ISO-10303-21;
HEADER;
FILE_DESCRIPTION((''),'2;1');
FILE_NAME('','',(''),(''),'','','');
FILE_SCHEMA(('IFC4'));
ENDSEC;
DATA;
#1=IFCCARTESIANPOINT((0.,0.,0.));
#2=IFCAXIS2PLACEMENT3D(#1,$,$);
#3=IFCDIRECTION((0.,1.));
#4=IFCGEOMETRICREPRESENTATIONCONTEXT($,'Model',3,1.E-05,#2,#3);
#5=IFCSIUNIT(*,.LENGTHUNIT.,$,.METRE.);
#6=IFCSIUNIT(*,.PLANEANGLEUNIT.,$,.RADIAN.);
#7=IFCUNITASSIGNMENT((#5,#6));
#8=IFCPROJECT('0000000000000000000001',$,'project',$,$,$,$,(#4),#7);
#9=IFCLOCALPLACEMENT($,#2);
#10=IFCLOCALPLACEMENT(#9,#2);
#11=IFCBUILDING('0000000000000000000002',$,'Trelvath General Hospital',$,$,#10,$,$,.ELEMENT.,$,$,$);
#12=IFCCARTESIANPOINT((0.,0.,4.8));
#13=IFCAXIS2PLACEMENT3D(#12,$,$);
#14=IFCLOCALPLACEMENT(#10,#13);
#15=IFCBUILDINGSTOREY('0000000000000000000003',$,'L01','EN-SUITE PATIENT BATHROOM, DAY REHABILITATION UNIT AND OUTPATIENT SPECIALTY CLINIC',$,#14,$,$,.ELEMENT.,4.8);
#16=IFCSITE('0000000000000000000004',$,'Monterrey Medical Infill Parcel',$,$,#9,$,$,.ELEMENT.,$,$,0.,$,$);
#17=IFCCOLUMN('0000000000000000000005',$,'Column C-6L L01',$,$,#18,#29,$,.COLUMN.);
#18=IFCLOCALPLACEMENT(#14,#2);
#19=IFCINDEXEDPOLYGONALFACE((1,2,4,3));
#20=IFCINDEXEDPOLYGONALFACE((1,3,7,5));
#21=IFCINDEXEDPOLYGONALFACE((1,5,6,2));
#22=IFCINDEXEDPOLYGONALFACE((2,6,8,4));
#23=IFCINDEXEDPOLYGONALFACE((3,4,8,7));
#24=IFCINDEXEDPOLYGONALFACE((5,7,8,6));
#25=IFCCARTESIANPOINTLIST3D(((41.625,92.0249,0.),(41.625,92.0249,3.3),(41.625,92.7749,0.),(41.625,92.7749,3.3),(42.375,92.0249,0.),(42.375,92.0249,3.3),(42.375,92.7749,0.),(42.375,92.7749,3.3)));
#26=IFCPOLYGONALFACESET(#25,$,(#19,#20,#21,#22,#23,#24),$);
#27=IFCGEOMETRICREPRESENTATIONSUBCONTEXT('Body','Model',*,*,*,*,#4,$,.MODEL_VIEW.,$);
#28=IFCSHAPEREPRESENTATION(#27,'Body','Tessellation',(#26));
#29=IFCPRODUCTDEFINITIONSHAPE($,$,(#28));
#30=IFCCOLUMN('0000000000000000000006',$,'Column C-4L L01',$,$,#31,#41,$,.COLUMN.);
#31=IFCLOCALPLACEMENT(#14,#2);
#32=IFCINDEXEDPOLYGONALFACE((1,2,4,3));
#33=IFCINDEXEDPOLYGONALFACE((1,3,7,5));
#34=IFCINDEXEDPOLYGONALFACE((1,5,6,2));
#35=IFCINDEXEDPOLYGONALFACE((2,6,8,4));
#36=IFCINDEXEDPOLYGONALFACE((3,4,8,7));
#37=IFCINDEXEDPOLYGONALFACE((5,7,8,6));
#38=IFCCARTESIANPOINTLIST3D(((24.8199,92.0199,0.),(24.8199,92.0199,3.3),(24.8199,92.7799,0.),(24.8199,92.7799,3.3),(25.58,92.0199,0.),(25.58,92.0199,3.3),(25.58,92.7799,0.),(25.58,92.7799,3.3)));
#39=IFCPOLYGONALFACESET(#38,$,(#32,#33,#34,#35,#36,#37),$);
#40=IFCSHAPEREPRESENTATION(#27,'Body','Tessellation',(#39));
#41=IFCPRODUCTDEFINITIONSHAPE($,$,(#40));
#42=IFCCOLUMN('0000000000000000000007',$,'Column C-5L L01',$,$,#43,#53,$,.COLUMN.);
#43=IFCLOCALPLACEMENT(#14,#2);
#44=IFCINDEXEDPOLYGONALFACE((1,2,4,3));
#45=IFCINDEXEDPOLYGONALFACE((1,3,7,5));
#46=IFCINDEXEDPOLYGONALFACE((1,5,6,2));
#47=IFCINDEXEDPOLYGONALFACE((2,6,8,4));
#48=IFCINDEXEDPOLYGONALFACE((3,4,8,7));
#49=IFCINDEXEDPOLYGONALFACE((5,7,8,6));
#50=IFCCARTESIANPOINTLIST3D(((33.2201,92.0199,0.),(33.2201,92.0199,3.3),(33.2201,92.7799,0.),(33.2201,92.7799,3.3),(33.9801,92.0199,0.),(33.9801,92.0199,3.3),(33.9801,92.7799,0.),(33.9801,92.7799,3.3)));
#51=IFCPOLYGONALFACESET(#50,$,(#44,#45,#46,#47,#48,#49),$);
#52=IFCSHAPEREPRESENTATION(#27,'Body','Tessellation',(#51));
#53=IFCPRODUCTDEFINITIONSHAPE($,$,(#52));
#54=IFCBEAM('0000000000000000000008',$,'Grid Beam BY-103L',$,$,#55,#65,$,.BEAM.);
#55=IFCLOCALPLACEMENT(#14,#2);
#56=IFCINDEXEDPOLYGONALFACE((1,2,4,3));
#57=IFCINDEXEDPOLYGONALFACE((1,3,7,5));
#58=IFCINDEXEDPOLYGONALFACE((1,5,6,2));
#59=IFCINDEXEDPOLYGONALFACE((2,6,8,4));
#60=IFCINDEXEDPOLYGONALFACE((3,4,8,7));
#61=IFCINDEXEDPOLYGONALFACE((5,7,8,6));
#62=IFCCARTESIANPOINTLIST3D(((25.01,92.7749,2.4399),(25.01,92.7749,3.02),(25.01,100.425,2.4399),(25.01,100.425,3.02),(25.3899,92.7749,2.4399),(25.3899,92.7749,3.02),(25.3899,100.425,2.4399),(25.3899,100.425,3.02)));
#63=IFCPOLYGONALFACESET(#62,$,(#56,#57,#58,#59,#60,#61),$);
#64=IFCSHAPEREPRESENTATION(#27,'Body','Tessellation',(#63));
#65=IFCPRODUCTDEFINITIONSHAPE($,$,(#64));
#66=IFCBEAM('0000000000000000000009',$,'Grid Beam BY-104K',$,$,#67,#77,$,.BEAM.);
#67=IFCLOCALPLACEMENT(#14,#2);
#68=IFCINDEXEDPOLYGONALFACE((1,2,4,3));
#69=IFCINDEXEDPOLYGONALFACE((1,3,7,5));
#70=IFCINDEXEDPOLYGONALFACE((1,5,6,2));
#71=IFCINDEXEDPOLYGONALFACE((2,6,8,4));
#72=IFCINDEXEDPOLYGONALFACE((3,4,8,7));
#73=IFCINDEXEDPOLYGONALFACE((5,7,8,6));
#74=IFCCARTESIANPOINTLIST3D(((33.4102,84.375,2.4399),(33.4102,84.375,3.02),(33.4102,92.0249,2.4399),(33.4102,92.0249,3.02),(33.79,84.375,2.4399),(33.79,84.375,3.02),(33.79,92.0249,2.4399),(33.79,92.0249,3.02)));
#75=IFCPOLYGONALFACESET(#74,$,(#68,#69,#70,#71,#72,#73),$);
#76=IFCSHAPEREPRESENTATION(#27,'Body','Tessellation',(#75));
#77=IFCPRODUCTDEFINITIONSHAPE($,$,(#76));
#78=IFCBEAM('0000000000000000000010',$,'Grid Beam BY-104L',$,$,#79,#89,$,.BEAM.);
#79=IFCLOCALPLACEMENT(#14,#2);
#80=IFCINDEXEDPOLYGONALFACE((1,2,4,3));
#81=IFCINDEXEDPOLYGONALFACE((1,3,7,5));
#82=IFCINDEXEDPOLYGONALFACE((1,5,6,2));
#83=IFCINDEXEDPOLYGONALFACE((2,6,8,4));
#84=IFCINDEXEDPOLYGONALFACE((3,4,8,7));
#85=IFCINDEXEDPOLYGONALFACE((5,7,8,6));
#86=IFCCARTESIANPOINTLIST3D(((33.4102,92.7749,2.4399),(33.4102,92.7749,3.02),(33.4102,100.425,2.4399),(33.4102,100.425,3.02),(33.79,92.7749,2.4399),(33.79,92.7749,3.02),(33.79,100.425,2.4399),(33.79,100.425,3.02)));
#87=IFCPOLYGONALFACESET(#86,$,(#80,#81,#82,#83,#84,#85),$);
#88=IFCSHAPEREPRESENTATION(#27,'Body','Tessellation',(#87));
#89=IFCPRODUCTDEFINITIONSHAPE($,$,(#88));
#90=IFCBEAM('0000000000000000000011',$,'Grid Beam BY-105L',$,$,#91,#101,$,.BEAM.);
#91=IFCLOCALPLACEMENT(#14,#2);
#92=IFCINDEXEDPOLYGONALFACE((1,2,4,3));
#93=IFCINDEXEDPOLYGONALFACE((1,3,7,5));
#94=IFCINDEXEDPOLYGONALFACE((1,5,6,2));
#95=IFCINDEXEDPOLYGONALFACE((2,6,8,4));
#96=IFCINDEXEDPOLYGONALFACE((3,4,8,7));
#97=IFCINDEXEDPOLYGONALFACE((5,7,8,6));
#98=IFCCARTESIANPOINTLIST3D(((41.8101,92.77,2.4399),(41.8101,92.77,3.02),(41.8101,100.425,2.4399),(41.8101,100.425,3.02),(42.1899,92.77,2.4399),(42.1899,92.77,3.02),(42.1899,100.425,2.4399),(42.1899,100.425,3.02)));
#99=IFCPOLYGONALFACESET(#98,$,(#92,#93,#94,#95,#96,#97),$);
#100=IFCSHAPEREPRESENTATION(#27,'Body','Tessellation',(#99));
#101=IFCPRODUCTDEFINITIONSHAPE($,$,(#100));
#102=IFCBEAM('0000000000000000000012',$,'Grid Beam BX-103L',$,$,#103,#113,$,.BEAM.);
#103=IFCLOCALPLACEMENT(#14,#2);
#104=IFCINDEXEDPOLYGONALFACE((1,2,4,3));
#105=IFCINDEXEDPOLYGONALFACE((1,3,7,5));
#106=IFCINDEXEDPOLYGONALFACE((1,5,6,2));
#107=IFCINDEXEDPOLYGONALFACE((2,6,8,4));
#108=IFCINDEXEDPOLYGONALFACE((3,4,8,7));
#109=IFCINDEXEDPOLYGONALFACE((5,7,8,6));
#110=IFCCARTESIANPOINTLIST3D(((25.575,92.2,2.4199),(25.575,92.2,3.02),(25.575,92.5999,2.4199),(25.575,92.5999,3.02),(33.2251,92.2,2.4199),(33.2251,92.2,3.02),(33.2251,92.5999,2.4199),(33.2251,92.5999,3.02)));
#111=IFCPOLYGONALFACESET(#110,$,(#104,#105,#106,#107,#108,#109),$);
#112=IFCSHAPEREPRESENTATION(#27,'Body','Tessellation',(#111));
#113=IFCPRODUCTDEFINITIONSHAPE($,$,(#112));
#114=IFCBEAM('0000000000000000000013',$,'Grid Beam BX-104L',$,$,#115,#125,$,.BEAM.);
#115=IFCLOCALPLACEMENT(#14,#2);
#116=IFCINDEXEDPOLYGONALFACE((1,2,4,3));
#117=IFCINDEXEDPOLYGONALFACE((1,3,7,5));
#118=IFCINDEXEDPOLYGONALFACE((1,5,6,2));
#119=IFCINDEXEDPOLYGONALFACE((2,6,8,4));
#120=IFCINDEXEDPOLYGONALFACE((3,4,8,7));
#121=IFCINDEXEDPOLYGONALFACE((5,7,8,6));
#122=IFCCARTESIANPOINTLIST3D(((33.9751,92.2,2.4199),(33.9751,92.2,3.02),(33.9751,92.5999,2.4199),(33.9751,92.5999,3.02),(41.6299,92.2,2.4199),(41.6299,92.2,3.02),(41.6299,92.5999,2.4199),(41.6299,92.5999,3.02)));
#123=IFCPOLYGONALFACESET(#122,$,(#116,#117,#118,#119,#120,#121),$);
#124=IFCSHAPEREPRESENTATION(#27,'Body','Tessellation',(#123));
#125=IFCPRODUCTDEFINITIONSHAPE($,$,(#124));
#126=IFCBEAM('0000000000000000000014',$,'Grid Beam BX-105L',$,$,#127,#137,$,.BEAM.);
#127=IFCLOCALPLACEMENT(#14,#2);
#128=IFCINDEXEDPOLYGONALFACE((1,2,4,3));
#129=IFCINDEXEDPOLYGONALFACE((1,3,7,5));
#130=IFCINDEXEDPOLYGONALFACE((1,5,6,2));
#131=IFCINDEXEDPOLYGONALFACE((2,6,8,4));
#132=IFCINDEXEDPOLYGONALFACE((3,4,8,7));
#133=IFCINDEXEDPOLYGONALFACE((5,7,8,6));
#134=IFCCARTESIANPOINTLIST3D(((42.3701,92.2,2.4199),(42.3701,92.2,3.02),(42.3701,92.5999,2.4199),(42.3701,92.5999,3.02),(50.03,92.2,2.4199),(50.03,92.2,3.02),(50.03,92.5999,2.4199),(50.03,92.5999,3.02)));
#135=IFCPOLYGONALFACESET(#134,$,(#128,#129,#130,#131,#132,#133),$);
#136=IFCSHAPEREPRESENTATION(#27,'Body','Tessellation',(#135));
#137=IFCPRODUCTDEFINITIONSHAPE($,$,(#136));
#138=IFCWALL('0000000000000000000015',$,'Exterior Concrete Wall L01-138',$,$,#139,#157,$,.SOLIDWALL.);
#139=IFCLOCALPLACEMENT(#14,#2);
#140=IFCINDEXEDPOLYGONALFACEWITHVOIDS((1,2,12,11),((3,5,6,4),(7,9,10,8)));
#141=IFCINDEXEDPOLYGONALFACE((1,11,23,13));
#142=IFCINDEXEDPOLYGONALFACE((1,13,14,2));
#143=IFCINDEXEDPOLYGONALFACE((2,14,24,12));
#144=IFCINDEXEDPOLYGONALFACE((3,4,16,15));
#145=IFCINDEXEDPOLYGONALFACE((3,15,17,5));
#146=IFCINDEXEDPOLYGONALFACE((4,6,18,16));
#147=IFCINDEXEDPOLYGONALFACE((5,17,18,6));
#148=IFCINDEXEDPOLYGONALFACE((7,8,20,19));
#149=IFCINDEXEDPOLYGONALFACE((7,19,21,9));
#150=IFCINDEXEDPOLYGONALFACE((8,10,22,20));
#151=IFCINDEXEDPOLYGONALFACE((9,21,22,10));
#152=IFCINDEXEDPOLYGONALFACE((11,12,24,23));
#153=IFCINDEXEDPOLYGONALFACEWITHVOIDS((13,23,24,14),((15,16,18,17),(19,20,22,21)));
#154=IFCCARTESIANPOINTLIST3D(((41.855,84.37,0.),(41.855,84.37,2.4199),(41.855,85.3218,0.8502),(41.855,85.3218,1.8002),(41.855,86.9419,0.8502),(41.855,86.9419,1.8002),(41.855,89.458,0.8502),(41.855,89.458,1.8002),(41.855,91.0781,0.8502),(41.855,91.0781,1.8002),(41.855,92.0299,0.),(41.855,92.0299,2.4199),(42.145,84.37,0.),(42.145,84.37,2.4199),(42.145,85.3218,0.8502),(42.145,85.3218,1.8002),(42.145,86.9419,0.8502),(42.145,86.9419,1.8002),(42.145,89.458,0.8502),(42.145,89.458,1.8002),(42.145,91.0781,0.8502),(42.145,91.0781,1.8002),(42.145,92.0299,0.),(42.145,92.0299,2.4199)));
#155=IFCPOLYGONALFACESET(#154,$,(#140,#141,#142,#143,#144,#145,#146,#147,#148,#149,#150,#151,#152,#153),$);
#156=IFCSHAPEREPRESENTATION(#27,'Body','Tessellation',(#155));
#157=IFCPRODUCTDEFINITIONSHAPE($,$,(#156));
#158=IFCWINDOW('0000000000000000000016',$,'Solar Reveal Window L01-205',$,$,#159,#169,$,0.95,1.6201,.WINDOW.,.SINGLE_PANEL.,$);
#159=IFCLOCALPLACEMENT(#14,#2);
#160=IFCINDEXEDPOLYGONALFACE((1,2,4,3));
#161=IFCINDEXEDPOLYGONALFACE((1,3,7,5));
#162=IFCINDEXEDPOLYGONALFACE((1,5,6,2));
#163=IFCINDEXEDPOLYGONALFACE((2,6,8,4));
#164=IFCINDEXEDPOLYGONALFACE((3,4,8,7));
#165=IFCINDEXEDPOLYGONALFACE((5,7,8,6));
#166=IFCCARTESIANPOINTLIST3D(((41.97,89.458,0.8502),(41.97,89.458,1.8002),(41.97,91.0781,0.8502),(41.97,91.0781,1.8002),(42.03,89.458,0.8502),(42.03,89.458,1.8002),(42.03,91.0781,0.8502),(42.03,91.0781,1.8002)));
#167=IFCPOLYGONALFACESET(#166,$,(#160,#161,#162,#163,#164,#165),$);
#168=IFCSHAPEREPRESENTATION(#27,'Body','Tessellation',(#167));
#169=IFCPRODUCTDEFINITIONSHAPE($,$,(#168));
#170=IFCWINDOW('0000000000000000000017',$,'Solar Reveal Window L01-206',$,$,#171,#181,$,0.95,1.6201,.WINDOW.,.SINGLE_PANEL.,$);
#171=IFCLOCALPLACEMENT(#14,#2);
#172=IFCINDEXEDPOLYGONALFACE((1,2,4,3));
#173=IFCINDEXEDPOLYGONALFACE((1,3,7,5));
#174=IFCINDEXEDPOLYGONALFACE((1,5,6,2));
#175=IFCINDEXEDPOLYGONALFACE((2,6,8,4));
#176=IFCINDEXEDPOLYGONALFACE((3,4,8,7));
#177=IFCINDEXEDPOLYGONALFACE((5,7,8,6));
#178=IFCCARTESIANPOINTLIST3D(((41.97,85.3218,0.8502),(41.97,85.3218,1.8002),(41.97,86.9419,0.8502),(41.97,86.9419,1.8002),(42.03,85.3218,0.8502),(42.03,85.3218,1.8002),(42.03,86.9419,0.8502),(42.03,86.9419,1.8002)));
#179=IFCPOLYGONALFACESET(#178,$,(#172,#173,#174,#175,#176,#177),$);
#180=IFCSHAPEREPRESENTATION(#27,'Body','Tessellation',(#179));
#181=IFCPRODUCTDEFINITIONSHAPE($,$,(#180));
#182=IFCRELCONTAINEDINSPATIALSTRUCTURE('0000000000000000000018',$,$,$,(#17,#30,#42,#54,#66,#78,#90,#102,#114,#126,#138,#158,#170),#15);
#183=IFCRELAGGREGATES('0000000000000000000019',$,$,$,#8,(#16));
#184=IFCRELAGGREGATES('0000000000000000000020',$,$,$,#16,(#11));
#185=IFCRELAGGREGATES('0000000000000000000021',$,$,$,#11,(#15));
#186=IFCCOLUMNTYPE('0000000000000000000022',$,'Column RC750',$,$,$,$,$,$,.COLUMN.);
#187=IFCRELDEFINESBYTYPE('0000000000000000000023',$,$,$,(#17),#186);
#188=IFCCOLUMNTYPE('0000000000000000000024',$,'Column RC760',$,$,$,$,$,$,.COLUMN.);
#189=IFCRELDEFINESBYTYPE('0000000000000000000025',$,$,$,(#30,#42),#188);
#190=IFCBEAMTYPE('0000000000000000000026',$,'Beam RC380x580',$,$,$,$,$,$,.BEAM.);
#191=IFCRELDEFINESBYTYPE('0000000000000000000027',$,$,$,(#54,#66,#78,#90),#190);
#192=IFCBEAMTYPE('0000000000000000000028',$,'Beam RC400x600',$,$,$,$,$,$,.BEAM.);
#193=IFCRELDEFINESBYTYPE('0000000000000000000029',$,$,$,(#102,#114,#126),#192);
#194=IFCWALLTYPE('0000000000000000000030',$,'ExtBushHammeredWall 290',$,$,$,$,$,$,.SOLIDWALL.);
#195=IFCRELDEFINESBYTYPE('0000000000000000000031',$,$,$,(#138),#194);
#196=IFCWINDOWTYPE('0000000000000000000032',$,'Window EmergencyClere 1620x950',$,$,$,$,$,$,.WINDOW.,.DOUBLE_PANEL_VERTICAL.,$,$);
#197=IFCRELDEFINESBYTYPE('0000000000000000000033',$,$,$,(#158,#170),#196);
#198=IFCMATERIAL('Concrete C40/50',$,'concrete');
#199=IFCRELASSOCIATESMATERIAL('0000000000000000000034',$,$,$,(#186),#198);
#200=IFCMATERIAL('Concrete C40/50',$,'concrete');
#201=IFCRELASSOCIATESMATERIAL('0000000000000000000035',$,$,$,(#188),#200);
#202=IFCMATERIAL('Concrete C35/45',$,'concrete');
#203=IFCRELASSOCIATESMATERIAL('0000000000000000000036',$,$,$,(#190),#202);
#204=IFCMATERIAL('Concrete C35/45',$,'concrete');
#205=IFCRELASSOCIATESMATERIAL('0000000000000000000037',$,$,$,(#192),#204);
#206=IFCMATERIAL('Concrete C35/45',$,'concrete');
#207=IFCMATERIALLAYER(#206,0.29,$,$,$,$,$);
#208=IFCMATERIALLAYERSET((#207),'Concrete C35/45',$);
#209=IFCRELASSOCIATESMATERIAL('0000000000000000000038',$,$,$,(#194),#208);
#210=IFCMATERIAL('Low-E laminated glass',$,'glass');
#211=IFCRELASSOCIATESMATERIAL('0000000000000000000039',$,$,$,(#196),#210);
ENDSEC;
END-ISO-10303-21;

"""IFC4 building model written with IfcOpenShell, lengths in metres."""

from ifc_helpers import new_model, si_unit, direction, frame, frame_2d, origin, origin_2d, place, context, subcontext, project, spatial, rectangle, extrude, material, layer, layer_set, material_profile, profile_set, type_object, element, fill, save


model = new_model("IFC4")

# Units and contexts
model_context = context("Model", 3, precision=1e-05, world=origin(), true_north=direction((0.0, 1.0)))
body_context = subcontext(model_context, "Body", "Model", "MODEL_VIEW")
ifc_project = project(units=[si_unit("LENGTHUNIT", "METRE"), si_unit("PLANEANGLEUNIT", "RADIAN")], contexts=[model_context])

# Site, building, storey
site_placement = place(None, origin())
site = spatial("IfcSite", under=ifc_project, at=site_placement, Name="Monterrey Medical Infill Parcel", CompositionType="ELEMENT", RefElevation=0.0)
building_placement = place(site_placement, origin())
building = spatial("IfcBuilding", under=site, at=building_placement, Name="Trelvath General Hospital", CompositionType="ELEMENT")
storey_placement = place(building_placement, frame((0.0, 0.0, 4.8)))
storey = spatial("IfcBuildingStorey", under=building, at=storey_placement, Name="L01", Description="EN-SUITE PATIENT BATHROOM, DAY REHABILITATION UNIT AND OUTPATIENT SPECIALTY CLINIC", CompositionType="ELEMENT", Elevation=4.8)

# Columns
ifc_material_1 = material(Name="Concrete C40/50", Category="concrete")
ifc_material_profile_1 = material_profile(ifc_material_1, rectangle(XDim=0.75, YDim=0.75, at=origin_2d()), Name="RC750x750")
ifc_profile_set_1 = profile_set([ifc_material_profile_1], Name="Concrete C40/50")
column_type_1 = type_object("IfcColumnType", Name="Column RC750", PredefinedType="COLUMN", material=ifc_profile_set_1)
column_placement = place(storey_placement, frame((42.0, 92.3999, 0.0), z_axis=(0.0, 0.0, 1.0), x_axis=(1.0, 0.0, 0.0)))
element("IfcColumn", 1, at=column_placement, inside=storey, type_object=column_type_1, Name="Column C-6L L01", PredefinedType="COLUMN", context=body_context, shape_type="SweptSolid", body=[
    extrude(rectangle(XDim=0.75, YDim=0.75, at=origin_2d()), origin(), (0.0, 0.0, 1.0), 3.3),
])
ifc_material_2 = material(Name="Concrete C40/50", Category="concrete")
ifc_material_profile_2 = material_profile(ifc_material_2, rectangle(XDim=0.76, YDim=0.76, at=origin_2d()), Name="RC760x760")
ifc_profile_set_2 = profile_set([ifc_material_profile_2], Name="Concrete C40/50")
column_type_2 = type_object("IfcColumnType", Name="Column RC760", PredefinedType="COLUMN", material=ifc_profile_set_2)
for number, where, z_axis, x_axis, name in (
    (2, (25.2, 92.3999, 0.0), (0.0, 0.0, 1.0), (1.0, 0.0, 0.0), "Column C-4L L01"),
    (3, (33.6001, 92.3999, 0.0), (0.0, 0.0, 1.0), (1.0, 0.0, 0.0), "Column C-5L L01"),
):
    element("IfcColumn", number, at=place(storey_placement, frame(where, z_axis=z_axis, x_axis=x_axis)), inside=storey, type_object=column_type_2, Name=name, PredefinedType="COLUMN", context=body_context, shape_type="SweptSolid", body=[
        extrude(rectangle(XDim=0.76, YDim=0.76, at=origin_2d()), origin(), (0.0, 0.0, 1.0), 3.3),
    ])

# Beams
ifc_material_3 = material(Name="Concrete C35/45", Category="concrete")
ifc_material_profile_3 = material_profile(ifc_material_3, rectangle(XDim=0.3799, YDim=0.5801, at=origin_2d()), Name="RCB380x580")
ifc_profile_set_3 = profile_set([ifc_material_profile_3], Name="Concrete C35/45")
beam_type_1 = type_object("IfcBeamType", Name="Beam RC380x580", PredefinedType="BEAM", material=ifc_profile_set_3)
beam_1_placement = place(storey_placement, frame((25.2, 92.7749, 2.73), z_axis=(0.0, 1.0, 0.0), x_axis=(-1.0, 0.0, 0.0)))
element("IfcBeam", 4, at=beam_1_placement, inside=storey, type_object=beam_type_1, Name="Grid Beam BY-103L", PredefinedType="BEAM", context=body_context, shape_type="SweptSolid", body=[
    extrude(rectangle(XDim=0.3799, YDim=0.5801, at=origin_2d()), origin(), (0.0, 0.0, 1.0), 7.6501),
])
beam_2_placement = place(storey_placement, frame((33.6001, 84.375, 2.73), z_axis=(0.0, 1.0, 0.0), x_axis=(-1.0, 0.0, 0.0)))
element("IfcBeam", 5, at=beam_2_placement, inside=storey, type_object=beam_type_1, Name="Grid Beam BY-104K", PredefinedType="BEAM", context=body_context, shape_type="SweptSolid", body=[
    extrude(rectangle(XDim=0.3799, YDim=0.5801, at=origin_2d()), origin(), (0.0, 0.0, 1.0), 7.6499),
])
beam_3_placement = place(storey_placement, frame((33.6001, 92.7749, 2.73), z_axis=(0.0, 1.0, 0.0), x_axis=(-1.0, 0.0, 0.0)))
element("IfcBeam", 6, at=beam_3_placement, inside=storey, type_object=beam_type_1, Name="Grid Beam BY-104L", PredefinedType="BEAM", context=body_context, shape_type="SweptSolid", body=[
    extrude(rectangle(XDim=0.3799, YDim=0.5801, at=origin_2d()), origin(), (0.0, 0.0, 1.0), 7.6501),
])
beam_4_placement = place(storey_placement, frame((42.0, 92.77, 2.73), z_axis=(0.0, 1.0, 0.0), x_axis=(-1.0, 0.0, 0.0)))
element("IfcBeam", 7, at=beam_4_placement, inside=storey, type_object=beam_type_1, Name="Grid Beam BY-105L", PredefinedType="BEAM", context=body_context, shape_type="SweptSolid", body=[
    extrude(rectangle(XDim=0.3799, YDim=0.5801, at=origin_2d()), origin(), (0.0, 0.0, 1.0), 7.655),
])
ifc_material_4 = material(Name="Concrete C35/45", Category="concrete")
ifc_material_profile_4 = material_profile(ifc_material_4, rectangle(XDim=0.3999, YDim=0.6001, at=origin_2d()), Name="RCB400x600")
ifc_profile_set_4 = profile_set([ifc_material_profile_4], Name="Concrete C35/45")
beam_type_2 = type_object("IfcBeamType", Name="Beam RC400x600", PredefinedType="BEAM", material=ifc_profile_set_4)
beam_5_placement = place(storey_placement, frame((25.575, 92.3999, 2.72), z_axis=(1.0, 0.0, 0.0), x_axis=(0.0, 1.0, 0.0)))
element("IfcBeam", 8, at=beam_5_placement, inside=storey, type_object=beam_type_2, Name="Grid Beam BX-103L", PredefinedType="BEAM", context=body_context, shape_type="SweptSolid", body=[
    extrude(rectangle(XDim=0.3999, YDim=0.6001, at=origin_2d()), origin(), (0.0, 0.0, 1.0), 7.6501),
])
beam_6_placement = place(storey_placement, frame((33.9751, 92.3999, 2.72), z_axis=(1.0, 0.0, 0.0), x_axis=(0.0, 1.0, 0.0)))
element("IfcBeam", 9, at=beam_6_placement, inside=storey, type_object=beam_type_2, Name="Grid Beam BX-104L", PredefinedType="BEAM", context=body_context, shape_type="SweptSolid", body=[
    extrude(rectangle(XDim=0.3999, YDim=0.6001, at=origin_2d()), origin(), (0.0, 0.0, 1.0), 7.6548),
])
beam_7_placement = place(storey_placement, frame((42.3701, 92.3999, 2.72), z_axis=(1.0, 0.0, 0.0), x_axis=(0.0, 1.0, 0.0)))
element("IfcBeam", 10, at=beam_7_placement, inside=storey, type_object=beam_type_2, Name="Grid Beam BX-105L", PredefinedType="BEAM", context=body_context, shape_type="SweptSolid", body=[
    extrude(rectangle(XDim=0.3999, YDim=0.6001, at=origin_2d()), origin(), (0.0, 0.0, 1.0), 7.6599),
])

# Wall, openings, windows
ifc_material_5 = material(Name="Concrete C35/45", Category="concrete")
ifc_layer_1 = layer(ifc_material_5, 0.29)
ifc_layer_set_1 = layer_set([ifc_layer_1], Name="Concrete C35/45")
wall_type_1 = type_object("IfcWallType", Name="ExtBushHammeredWall 290", PredefinedType="SOLIDWALL", material=ifc_layer_set_1)
wall_1_placement = place(storey_placement, frame((42.0, 92.03, 0.0), z_axis=(0.0, 0.0, 1.0), x_axis=(0.0, -1.0, 0.0)))
wall_1 = element("IfcWall", 11, at=wall_1_placement, inside=storey, type_object=wall_type_1, Name="Exterior Concrete Wall L01-138", PredefinedType="SOLIDWALL", context=body_context, shape_type="SweptSolid", body=[
    extrude(rectangle(XDim=7.6599, YDim=0.29, at=frame_2d((3.8301, 0.0))), origin(), (0.0, 0.0, 1.0), 2.4199),
])
opening_1_placement = place(wall_1_placement, frame((0.9519, 0.0, 0.8501)))
opening_1 = element("IfcOpeningElement", 12, at=opening_1_placement, cuts=wall_1, PredefinedType="OPENING", context=body_context, shape_type="SweptSolid", body=[
    extrude(rectangle(XDim=1.6201, YDim=0.95, at=frame_2d((0.8101, 0.4751))), frame((0.0, 0.155, 0.0), z_axis=(0.0, -1.0, 0.0), x_axis=(1.0, 0.0, 0.0)), (0.0, 0.0, 1.0), 0.3101),
])
opening_2_placement = place(wall_1_placement, frame((5.0881, 0.0, 0.8501)))
opening_2 = element("IfcOpeningElement", 13, at=opening_2_placement, cuts=wall_1, PredefinedType="OPENING", context=body_context, shape_type="SweptSolid", body=[
    extrude(rectangle(XDim=1.6201, YDim=0.95, at=frame_2d((0.8101, 0.4751))), frame((0.0, 0.155, 0.0), z_axis=(0.0, -1.0, 0.0), x_axis=(1.0, 0.0, 0.0)), (0.0, 0.0, 1.0), 0.3101),
])
ifc_material_6 = material(Name="Low-E laminated glass", Category="glass")
window_type = type_object("IfcWindowType", Name="Window EmergencyClere 1620x950", PartitioningType="DOUBLE_PANEL_VERTICAL", PredefinedType="WINDOW", material=ifc_material_6)
window_1_placement = place(opening_1_placement, origin())
window_1 = element("IfcWindow", 14, at=window_1_placement, inside=storey, type_object=window_type, Name="Solar Reveal Window L01-205", OverallHeight=0.95, OverallWidth=1.6201, PartitioningType="SINGLE_PANEL", PredefinedType="WINDOW", context=body_context, shape_type="SweptSolid", body=[
    extrude(rectangle(XDim=1.6201, YDim=0.95, at=frame_2d((0.8101, 0.4751))), frame((0.0, 0.03, 0.0), z_axis=(0.0, -1.0, 0.0), x_axis=(1.0, 0.0, 0.0)), (0.0, 0.0, 1.0), 0.0601),
])
fill(opening_1, window_1)
window_2_placement = place(opening_2_placement, origin())
window_2 = element("IfcWindow", 15, at=window_2_placement, inside=storey, type_object=window_type, Name="Solar Reveal Window L01-206", OverallHeight=0.95, OverallWidth=1.6201, PartitioningType="SINGLE_PANEL", PredefinedType="WINDOW", context=body_context, shape_type="SweptSolid", body=[
    extrude(rectangle(XDim=1.6201, YDim=0.95, at=frame_2d((0.8101, 0.4751))), frame((0.0, 0.03, 0.0), z_axis=(0.0, -1.0, 0.0), x_axis=(1.0, 0.0, 0.0)), (0.0, 0.0, 1.0), 0.0601),
])
fill(opening_2, window_2)

save(model, "model.ifc")
